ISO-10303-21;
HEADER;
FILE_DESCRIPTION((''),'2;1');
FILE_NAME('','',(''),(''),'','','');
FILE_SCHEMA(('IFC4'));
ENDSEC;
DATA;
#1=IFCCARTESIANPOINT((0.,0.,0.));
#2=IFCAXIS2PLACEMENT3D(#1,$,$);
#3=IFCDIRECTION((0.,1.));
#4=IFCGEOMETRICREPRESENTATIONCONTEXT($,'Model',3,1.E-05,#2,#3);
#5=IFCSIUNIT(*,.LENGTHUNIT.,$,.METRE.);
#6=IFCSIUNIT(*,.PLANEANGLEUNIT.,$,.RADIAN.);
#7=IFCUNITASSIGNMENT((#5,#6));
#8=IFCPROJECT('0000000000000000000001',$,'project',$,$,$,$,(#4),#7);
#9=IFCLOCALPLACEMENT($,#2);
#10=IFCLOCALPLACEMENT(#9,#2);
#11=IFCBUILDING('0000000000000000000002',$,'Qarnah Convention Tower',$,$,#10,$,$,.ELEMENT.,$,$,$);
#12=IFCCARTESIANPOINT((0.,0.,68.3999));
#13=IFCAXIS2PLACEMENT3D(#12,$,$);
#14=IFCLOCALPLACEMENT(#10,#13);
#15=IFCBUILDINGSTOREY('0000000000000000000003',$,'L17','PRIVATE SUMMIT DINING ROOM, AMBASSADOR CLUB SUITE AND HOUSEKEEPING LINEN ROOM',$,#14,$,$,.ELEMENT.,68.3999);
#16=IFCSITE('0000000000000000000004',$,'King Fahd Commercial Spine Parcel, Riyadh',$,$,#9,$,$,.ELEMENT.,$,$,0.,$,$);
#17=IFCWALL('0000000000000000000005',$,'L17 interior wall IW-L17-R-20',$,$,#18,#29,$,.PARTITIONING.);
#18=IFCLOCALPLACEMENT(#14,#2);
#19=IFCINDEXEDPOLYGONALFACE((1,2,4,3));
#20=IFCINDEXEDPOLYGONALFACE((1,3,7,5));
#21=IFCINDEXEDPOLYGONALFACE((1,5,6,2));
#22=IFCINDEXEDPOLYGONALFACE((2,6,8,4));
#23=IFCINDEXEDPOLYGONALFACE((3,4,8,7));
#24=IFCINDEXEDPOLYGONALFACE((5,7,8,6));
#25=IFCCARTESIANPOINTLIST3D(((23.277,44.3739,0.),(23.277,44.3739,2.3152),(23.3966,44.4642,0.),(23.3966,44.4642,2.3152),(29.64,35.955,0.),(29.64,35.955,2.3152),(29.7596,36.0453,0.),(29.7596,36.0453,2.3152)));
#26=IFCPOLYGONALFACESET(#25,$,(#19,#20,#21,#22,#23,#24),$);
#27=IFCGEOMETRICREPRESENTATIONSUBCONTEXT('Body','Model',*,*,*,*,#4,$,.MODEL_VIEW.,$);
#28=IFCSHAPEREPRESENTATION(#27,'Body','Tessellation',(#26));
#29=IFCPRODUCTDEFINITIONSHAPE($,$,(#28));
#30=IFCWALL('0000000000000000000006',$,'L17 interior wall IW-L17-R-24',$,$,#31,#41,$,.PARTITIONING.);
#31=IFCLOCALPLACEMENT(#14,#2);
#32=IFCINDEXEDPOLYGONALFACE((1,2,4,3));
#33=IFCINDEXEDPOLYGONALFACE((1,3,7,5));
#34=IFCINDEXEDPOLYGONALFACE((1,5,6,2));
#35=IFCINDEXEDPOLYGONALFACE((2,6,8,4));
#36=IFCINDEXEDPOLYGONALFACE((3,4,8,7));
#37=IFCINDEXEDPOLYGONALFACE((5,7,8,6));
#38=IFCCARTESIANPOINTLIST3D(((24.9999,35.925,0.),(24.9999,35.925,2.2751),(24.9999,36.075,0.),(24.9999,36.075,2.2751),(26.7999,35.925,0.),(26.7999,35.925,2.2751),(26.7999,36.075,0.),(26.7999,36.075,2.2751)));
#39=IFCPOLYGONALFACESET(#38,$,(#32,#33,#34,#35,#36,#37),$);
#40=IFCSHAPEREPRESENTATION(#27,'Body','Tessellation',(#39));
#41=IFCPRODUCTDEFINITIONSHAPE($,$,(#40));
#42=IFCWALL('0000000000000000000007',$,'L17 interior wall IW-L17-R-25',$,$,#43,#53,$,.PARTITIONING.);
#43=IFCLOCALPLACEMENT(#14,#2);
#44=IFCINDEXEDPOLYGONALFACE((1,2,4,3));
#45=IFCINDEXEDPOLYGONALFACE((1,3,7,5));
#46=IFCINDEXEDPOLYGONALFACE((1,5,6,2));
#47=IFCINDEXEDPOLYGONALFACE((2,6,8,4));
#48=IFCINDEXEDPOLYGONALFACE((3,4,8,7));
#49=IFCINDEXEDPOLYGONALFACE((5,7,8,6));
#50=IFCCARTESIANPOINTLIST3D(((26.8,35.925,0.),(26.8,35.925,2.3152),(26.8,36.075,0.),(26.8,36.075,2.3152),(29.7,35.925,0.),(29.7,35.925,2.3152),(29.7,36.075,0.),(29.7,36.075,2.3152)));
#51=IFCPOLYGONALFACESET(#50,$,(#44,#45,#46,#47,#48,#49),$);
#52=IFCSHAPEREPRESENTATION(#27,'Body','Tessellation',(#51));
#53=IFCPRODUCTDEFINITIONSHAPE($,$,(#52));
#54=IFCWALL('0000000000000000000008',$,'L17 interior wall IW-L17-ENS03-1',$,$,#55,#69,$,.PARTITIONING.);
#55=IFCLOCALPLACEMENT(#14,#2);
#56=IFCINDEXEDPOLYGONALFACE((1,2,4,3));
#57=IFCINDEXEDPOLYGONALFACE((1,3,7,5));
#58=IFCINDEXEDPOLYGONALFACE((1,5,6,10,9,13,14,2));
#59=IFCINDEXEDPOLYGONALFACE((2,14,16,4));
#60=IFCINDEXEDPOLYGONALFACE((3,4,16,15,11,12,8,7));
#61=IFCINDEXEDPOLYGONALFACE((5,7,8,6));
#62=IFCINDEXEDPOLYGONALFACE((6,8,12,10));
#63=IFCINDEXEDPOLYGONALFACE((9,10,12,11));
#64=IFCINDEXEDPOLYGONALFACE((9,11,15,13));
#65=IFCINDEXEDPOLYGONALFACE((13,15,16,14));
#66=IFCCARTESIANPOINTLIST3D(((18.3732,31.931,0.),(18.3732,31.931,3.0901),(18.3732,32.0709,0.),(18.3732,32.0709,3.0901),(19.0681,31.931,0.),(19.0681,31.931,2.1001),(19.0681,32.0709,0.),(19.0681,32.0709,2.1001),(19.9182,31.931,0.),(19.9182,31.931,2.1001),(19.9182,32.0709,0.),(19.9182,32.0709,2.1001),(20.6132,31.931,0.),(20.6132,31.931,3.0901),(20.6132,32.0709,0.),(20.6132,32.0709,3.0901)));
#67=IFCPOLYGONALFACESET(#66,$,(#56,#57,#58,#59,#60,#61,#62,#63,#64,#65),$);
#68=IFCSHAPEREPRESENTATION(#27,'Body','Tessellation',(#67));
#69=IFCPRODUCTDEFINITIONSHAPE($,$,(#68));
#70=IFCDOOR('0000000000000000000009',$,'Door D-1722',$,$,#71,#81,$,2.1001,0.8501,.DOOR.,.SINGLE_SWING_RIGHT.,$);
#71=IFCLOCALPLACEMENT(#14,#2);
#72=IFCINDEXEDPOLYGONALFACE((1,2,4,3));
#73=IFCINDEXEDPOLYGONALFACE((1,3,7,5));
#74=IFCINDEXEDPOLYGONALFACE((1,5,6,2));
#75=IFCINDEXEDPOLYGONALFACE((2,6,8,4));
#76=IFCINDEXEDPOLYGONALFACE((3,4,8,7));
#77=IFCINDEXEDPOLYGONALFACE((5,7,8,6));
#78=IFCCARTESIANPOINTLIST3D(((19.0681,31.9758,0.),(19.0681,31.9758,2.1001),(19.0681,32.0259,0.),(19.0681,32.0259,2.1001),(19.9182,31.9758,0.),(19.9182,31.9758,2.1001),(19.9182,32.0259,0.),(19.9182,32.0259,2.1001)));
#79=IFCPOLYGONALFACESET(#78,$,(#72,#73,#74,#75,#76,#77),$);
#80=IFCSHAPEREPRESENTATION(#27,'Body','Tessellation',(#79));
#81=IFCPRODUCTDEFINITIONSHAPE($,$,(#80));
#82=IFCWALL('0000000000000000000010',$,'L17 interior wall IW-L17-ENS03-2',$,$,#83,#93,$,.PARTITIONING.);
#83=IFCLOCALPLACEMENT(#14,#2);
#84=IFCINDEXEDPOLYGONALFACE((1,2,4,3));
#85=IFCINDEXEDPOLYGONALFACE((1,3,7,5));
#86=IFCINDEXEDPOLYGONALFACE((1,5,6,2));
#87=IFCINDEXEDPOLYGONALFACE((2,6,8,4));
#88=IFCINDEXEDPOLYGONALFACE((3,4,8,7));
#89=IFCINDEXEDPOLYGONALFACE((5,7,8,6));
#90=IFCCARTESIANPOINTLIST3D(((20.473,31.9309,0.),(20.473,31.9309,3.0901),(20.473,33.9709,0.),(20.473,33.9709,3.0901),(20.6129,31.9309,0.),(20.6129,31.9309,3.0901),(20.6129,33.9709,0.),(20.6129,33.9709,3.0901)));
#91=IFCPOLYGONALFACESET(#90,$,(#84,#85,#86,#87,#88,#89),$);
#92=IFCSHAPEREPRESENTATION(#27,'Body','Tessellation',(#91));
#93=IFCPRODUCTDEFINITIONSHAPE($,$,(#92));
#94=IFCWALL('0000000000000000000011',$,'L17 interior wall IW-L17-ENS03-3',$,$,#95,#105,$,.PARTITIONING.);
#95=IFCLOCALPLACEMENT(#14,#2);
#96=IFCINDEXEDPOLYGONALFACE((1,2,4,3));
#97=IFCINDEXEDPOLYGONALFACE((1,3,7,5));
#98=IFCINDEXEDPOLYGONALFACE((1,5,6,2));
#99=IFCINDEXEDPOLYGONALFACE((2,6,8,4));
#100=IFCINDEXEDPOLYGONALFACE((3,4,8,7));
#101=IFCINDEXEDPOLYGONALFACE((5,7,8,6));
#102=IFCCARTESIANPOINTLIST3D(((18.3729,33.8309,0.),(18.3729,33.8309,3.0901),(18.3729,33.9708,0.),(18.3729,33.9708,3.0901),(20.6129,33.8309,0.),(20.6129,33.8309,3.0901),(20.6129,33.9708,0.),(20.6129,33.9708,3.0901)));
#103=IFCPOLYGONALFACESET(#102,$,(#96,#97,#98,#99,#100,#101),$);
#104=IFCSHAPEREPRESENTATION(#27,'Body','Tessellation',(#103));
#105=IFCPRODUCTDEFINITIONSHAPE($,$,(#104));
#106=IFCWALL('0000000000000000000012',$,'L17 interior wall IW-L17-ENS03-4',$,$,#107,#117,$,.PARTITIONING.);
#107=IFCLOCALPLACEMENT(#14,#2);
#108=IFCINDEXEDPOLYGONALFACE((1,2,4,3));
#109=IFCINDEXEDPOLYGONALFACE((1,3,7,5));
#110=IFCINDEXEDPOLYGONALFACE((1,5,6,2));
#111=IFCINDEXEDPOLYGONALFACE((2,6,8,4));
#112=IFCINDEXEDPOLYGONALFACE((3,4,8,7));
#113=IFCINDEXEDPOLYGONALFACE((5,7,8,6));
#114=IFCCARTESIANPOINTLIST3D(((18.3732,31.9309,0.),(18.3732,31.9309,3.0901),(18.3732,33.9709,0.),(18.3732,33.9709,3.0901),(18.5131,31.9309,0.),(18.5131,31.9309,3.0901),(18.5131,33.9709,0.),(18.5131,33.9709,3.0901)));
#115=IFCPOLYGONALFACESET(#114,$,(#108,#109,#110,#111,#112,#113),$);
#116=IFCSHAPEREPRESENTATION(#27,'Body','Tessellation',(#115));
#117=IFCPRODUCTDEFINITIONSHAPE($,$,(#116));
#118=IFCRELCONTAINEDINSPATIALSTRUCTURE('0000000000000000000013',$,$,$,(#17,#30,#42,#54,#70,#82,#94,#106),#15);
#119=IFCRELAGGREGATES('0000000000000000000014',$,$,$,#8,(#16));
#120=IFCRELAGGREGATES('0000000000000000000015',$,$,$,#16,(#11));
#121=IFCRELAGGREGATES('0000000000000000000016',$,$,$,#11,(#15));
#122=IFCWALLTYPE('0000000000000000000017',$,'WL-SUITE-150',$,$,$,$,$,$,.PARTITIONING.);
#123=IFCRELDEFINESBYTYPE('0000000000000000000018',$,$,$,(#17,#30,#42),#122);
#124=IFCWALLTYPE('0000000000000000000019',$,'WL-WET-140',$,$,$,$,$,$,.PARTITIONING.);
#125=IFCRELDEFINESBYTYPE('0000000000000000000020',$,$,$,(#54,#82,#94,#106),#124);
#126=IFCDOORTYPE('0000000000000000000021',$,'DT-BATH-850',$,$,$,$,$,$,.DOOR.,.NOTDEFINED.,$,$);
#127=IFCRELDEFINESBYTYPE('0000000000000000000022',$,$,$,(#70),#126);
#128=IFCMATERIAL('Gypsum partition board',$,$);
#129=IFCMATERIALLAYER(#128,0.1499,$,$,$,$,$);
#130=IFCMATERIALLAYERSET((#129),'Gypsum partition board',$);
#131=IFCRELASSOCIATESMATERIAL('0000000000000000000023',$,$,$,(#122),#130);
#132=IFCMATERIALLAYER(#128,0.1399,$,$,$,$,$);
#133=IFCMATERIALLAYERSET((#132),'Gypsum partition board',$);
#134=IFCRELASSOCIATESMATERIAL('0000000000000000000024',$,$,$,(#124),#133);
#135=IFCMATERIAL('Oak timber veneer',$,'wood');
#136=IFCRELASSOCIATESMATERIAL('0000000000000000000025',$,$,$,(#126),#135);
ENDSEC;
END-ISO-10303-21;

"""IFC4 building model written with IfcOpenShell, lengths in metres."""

from ifc_helpers import new_model, si_unit, direction, frame, frame_2d, origin, place, context, subcontext, project, spatial, rectangle, extrude, material, layer, layer_set, type_object, element, fill, save


model = new_model("IFC4")

# Units and contexts
model_context = context("Model", 3, precision=1e-05, world=origin(), true_north=direction((0.0, 1.0)))
body_context = subcontext(model_context, "Body", "Model", "MODEL_VIEW")
ifc_project = project(units=[si_unit("LENGTHUNIT", "METRE"), si_unit("PLANEANGLEUNIT", "RADIAN")], contexts=[model_context])

# Site, building, storey
site_placement = place(None, origin())
site = spatial("IfcSite", under=ifc_project, at=site_placement, Name="King Fahd Commercial Spine Parcel, Riyadh", CompositionType="ELEMENT", RefElevation=0.0)
building_placement = place(site_placement, origin())
building = spatial("IfcBuilding", under=site, at=building_placement, Name="Qarnah Convention Tower", CompositionType="ELEMENT")
storey_placement = place(building_placement, frame((0.0, 0.0, 68.3999)))
storey = spatial("IfcBuildingStorey", under=building, at=storey_placement, Name="L17", Description="PRIVATE SUMMIT DINING ROOM, AMBASSADOR CLUB SUITE AND HOUSEKEEPING LINEN ROOM", CompositionType="ELEMENT", Elevation=68.3999)

# Walls
ifc_material_1 = material(Name="Gypsum partition board")
ifc_layer_1 = layer(ifc_material_1, 0.1499)
ifc_layer_set_1 = layer_set([ifc_layer_1], Name="Gypsum partition board")
wall_type_1 = type_object("IfcWallType", Name="WL-SUITE-150", PredefinedType="PARTITIONING", material=ifc_layer_set_1)
wall_1_placement = place(storey_placement, frame((23.3369, 44.4189, 0.0), z_axis=(0.0, 0.0, 1.0), x_axis=(0.602957, -0.797774, 0.0)))
element("IfcWall", 1, at=wall_1_placement, inside=storey, type_object=wall_type_1, Name="L17 interior wall IW-L17-R-20", PredefinedType="PARTITIONING", context=body_context, shape_type="SweptSolid", body=[
    extrude(rectangle(XDim=10.553, YDim=0.1499, at=frame_2d((5.2764, 0.0))), origin(), (0.0, 0.0, 1.0), 2.3152),
])
wall_2_placement = place(storey_placement, frame((25.0, 36.0, 0.0), z_axis=(0.0, 0.0, 1.0), x_axis=(1.0, 0.0, 0.0)))
element("IfcWall", 2, at=wall_2_placement, inside=storey, type_object=wall_type_1, Name="L17 interior wall IW-L17-R-24", PredefinedType="PARTITIONING", context=body_context, shape_type="SweptSolid", body=[
    extrude(rectangle(XDim=1.8, YDim=0.1499, at=frame_2d((0.8999, 0.0))), origin(), (0.0, 0.0, 1.0), 2.2751),
])
wall_3_placement = place(storey_placement, frame((26.8, 36.0, 0.0), z_axis=(0.0, 0.0, 1.0), x_axis=(1.0, 0.0, 0.0)))
element("IfcWall", 3, at=wall_3_placement, inside=storey, type_object=wall_type_1, Name="L17 interior wall IW-L17-R-25", PredefinedType="PARTITIONING", context=body_context, shape_type="SweptSolid", body=[
    extrude(rectangle(XDim=2.8999, YDim=0.1499, at=frame_2d((1.45, 0.0))), origin(), (0.0, 0.0, 1.0), 2.3152),
])

# Wall, opening, door
ifc_layer_2 = layer(ifc_material_1, 0.1399)
ifc_layer_set_2 = layer_set([ifc_layer_2], Name="Gypsum partition board")
wall_type_2 = type_object("IfcWallType", Name="WL-WET-140", PredefinedType="PARTITIONING", material=ifc_layer_set_2)
wall_4_placement = place(storey_placement, frame((18.373, 32.001, 0.0), z_axis=(0.0, 0.0, 1.0), x_axis=(1.0, 0.0, 0.0)))
wall_4 = element("IfcWall", 4, at=wall_4_placement, inside=storey, type_object=wall_type_2, Name="L17 interior wall IW-L17-ENS03-1", PredefinedType="PARTITIONING", context=body_context, shape_type="SweptSolid", body=[
    extrude(rectangle(XDim=2.24, YDim=0.1399, at=frame_2d((1.1201, 0.0))), origin(), (0.0, 0.0, 1.0), 3.0901),
])
opening_1_placement = place(wall_4_placement, frame((0.6951, 0.0, 0.0)))
opening_1 = element("IfcOpeningElement", 5, at=opening_1_placement, cuts=wall_4, PredefinedType="OPENING", context=body_context, shape_type="SweptSolid", body=[
    extrude(rectangle(XDim=0.8501, YDim=2.1001, at=frame_2d((0.425, 1.05))), frame((0.0, 0.0798, 0.0), z_axis=(0.0, -1.0, 0.0), x_axis=(1.0, 0.0, 0.0)), (0.0, 0.0, 1.0), 0.1599),
])
ifc_material_2 = material(Name="Oak timber veneer", Category="wood")
door_type_1 = type_object("IfcDoorType", Name="DT-BATH-850", OperationType="NOTDEFINED", PredefinedType="DOOR", material=ifc_material_2)
door_1_placement = place(opening_1_placement, origin())
door_1 = element("IfcDoor", 6, at=door_1_placement, inside=storey, type_object=door_type_1, Name="Door D-1722", OperationType="SINGLE_SWING_RIGHT", OverallHeight=2.1001, OverallWidth=0.8501, PredefinedType="DOOR", context=body_context, shape_type="SweptSolid", body=[
    extrude(rectangle(XDim=0.8501, YDim=2.1001, at=frame_2d((0.425, 1.05))), frame((0.0, 0.0249, 0.0), z_axis=(0.0, -1.0, 0.0), x_axis=(1.0, 0.0, 0.0)), (0.0, 0.0, 1.0), 0.05),
])
fill(opening_1, door_1)

# Walls
wall_5_placement = place(storey_placement, frame((20.543, 31.9309, 0.0), z_axis=(0.0, 0.0, 1.0), x_axis=(0.0, 1.0, 0.0)))
element("IfcWall", 7, at=wall_5_placement, inside=storey, type_object=wall_type_2, Name="L17 interior wall IW-L17-ENS03-2", PredefinedType="PARTITIONING", context=body_context, shape_type="SweptSolid", body=[
    extrude(rectangle(XDim=2.04, YDim=0.1399, at=frame_2d((1.02, 0.0))), origin(), (0.0, 0.0, 1.0), 3.0901),
])
wall_6_placement = place(storey_placement, frame((20.613, 33.9009, 0.0), z_axis=(0.0, 0.0, 1.0), x_axis=(-1.0, 0.0, 0.0)))
element("IfcWall", 8, at=wall_6_placement, inside=storey, type_object=wall_type_2, Name="L17 interior wall IW-L17-ENS03-3", PredefinedType="PARTITIONING", context=body_context, shape_type="SweptSolid", body=[
    extrude(rectangle(XDim=2.24, YDim=0.1399, at=frame_2d((1.1201, 0.0))), origin(), (0.0, 0.0, 1.0), 3.0901),
])
wall_7_placement = place(storey_placement, frame((18.4431, 33.9709, 0.0), z_axis=(0.0, 0.0, 1.0), x_axis=(0.0, -1.0, 0.0)))
element("IfcWall", 9, at=wall_7_placement, inside=storey, type_object=wall_type_2, Name="L17 interior wall IW-L17-ENS03-4", PredefinedType="PARTITIONING", context=body_context, shape_type="SweptSolid", body=[
    extrude(rectangle(XDim=2.04, YDim=0.1399, at=frame_2d((1.02, 0.0))), origin(), (0.0, 0.0, 1.0), 3.0901),
])

save(model, "model.ifc")
